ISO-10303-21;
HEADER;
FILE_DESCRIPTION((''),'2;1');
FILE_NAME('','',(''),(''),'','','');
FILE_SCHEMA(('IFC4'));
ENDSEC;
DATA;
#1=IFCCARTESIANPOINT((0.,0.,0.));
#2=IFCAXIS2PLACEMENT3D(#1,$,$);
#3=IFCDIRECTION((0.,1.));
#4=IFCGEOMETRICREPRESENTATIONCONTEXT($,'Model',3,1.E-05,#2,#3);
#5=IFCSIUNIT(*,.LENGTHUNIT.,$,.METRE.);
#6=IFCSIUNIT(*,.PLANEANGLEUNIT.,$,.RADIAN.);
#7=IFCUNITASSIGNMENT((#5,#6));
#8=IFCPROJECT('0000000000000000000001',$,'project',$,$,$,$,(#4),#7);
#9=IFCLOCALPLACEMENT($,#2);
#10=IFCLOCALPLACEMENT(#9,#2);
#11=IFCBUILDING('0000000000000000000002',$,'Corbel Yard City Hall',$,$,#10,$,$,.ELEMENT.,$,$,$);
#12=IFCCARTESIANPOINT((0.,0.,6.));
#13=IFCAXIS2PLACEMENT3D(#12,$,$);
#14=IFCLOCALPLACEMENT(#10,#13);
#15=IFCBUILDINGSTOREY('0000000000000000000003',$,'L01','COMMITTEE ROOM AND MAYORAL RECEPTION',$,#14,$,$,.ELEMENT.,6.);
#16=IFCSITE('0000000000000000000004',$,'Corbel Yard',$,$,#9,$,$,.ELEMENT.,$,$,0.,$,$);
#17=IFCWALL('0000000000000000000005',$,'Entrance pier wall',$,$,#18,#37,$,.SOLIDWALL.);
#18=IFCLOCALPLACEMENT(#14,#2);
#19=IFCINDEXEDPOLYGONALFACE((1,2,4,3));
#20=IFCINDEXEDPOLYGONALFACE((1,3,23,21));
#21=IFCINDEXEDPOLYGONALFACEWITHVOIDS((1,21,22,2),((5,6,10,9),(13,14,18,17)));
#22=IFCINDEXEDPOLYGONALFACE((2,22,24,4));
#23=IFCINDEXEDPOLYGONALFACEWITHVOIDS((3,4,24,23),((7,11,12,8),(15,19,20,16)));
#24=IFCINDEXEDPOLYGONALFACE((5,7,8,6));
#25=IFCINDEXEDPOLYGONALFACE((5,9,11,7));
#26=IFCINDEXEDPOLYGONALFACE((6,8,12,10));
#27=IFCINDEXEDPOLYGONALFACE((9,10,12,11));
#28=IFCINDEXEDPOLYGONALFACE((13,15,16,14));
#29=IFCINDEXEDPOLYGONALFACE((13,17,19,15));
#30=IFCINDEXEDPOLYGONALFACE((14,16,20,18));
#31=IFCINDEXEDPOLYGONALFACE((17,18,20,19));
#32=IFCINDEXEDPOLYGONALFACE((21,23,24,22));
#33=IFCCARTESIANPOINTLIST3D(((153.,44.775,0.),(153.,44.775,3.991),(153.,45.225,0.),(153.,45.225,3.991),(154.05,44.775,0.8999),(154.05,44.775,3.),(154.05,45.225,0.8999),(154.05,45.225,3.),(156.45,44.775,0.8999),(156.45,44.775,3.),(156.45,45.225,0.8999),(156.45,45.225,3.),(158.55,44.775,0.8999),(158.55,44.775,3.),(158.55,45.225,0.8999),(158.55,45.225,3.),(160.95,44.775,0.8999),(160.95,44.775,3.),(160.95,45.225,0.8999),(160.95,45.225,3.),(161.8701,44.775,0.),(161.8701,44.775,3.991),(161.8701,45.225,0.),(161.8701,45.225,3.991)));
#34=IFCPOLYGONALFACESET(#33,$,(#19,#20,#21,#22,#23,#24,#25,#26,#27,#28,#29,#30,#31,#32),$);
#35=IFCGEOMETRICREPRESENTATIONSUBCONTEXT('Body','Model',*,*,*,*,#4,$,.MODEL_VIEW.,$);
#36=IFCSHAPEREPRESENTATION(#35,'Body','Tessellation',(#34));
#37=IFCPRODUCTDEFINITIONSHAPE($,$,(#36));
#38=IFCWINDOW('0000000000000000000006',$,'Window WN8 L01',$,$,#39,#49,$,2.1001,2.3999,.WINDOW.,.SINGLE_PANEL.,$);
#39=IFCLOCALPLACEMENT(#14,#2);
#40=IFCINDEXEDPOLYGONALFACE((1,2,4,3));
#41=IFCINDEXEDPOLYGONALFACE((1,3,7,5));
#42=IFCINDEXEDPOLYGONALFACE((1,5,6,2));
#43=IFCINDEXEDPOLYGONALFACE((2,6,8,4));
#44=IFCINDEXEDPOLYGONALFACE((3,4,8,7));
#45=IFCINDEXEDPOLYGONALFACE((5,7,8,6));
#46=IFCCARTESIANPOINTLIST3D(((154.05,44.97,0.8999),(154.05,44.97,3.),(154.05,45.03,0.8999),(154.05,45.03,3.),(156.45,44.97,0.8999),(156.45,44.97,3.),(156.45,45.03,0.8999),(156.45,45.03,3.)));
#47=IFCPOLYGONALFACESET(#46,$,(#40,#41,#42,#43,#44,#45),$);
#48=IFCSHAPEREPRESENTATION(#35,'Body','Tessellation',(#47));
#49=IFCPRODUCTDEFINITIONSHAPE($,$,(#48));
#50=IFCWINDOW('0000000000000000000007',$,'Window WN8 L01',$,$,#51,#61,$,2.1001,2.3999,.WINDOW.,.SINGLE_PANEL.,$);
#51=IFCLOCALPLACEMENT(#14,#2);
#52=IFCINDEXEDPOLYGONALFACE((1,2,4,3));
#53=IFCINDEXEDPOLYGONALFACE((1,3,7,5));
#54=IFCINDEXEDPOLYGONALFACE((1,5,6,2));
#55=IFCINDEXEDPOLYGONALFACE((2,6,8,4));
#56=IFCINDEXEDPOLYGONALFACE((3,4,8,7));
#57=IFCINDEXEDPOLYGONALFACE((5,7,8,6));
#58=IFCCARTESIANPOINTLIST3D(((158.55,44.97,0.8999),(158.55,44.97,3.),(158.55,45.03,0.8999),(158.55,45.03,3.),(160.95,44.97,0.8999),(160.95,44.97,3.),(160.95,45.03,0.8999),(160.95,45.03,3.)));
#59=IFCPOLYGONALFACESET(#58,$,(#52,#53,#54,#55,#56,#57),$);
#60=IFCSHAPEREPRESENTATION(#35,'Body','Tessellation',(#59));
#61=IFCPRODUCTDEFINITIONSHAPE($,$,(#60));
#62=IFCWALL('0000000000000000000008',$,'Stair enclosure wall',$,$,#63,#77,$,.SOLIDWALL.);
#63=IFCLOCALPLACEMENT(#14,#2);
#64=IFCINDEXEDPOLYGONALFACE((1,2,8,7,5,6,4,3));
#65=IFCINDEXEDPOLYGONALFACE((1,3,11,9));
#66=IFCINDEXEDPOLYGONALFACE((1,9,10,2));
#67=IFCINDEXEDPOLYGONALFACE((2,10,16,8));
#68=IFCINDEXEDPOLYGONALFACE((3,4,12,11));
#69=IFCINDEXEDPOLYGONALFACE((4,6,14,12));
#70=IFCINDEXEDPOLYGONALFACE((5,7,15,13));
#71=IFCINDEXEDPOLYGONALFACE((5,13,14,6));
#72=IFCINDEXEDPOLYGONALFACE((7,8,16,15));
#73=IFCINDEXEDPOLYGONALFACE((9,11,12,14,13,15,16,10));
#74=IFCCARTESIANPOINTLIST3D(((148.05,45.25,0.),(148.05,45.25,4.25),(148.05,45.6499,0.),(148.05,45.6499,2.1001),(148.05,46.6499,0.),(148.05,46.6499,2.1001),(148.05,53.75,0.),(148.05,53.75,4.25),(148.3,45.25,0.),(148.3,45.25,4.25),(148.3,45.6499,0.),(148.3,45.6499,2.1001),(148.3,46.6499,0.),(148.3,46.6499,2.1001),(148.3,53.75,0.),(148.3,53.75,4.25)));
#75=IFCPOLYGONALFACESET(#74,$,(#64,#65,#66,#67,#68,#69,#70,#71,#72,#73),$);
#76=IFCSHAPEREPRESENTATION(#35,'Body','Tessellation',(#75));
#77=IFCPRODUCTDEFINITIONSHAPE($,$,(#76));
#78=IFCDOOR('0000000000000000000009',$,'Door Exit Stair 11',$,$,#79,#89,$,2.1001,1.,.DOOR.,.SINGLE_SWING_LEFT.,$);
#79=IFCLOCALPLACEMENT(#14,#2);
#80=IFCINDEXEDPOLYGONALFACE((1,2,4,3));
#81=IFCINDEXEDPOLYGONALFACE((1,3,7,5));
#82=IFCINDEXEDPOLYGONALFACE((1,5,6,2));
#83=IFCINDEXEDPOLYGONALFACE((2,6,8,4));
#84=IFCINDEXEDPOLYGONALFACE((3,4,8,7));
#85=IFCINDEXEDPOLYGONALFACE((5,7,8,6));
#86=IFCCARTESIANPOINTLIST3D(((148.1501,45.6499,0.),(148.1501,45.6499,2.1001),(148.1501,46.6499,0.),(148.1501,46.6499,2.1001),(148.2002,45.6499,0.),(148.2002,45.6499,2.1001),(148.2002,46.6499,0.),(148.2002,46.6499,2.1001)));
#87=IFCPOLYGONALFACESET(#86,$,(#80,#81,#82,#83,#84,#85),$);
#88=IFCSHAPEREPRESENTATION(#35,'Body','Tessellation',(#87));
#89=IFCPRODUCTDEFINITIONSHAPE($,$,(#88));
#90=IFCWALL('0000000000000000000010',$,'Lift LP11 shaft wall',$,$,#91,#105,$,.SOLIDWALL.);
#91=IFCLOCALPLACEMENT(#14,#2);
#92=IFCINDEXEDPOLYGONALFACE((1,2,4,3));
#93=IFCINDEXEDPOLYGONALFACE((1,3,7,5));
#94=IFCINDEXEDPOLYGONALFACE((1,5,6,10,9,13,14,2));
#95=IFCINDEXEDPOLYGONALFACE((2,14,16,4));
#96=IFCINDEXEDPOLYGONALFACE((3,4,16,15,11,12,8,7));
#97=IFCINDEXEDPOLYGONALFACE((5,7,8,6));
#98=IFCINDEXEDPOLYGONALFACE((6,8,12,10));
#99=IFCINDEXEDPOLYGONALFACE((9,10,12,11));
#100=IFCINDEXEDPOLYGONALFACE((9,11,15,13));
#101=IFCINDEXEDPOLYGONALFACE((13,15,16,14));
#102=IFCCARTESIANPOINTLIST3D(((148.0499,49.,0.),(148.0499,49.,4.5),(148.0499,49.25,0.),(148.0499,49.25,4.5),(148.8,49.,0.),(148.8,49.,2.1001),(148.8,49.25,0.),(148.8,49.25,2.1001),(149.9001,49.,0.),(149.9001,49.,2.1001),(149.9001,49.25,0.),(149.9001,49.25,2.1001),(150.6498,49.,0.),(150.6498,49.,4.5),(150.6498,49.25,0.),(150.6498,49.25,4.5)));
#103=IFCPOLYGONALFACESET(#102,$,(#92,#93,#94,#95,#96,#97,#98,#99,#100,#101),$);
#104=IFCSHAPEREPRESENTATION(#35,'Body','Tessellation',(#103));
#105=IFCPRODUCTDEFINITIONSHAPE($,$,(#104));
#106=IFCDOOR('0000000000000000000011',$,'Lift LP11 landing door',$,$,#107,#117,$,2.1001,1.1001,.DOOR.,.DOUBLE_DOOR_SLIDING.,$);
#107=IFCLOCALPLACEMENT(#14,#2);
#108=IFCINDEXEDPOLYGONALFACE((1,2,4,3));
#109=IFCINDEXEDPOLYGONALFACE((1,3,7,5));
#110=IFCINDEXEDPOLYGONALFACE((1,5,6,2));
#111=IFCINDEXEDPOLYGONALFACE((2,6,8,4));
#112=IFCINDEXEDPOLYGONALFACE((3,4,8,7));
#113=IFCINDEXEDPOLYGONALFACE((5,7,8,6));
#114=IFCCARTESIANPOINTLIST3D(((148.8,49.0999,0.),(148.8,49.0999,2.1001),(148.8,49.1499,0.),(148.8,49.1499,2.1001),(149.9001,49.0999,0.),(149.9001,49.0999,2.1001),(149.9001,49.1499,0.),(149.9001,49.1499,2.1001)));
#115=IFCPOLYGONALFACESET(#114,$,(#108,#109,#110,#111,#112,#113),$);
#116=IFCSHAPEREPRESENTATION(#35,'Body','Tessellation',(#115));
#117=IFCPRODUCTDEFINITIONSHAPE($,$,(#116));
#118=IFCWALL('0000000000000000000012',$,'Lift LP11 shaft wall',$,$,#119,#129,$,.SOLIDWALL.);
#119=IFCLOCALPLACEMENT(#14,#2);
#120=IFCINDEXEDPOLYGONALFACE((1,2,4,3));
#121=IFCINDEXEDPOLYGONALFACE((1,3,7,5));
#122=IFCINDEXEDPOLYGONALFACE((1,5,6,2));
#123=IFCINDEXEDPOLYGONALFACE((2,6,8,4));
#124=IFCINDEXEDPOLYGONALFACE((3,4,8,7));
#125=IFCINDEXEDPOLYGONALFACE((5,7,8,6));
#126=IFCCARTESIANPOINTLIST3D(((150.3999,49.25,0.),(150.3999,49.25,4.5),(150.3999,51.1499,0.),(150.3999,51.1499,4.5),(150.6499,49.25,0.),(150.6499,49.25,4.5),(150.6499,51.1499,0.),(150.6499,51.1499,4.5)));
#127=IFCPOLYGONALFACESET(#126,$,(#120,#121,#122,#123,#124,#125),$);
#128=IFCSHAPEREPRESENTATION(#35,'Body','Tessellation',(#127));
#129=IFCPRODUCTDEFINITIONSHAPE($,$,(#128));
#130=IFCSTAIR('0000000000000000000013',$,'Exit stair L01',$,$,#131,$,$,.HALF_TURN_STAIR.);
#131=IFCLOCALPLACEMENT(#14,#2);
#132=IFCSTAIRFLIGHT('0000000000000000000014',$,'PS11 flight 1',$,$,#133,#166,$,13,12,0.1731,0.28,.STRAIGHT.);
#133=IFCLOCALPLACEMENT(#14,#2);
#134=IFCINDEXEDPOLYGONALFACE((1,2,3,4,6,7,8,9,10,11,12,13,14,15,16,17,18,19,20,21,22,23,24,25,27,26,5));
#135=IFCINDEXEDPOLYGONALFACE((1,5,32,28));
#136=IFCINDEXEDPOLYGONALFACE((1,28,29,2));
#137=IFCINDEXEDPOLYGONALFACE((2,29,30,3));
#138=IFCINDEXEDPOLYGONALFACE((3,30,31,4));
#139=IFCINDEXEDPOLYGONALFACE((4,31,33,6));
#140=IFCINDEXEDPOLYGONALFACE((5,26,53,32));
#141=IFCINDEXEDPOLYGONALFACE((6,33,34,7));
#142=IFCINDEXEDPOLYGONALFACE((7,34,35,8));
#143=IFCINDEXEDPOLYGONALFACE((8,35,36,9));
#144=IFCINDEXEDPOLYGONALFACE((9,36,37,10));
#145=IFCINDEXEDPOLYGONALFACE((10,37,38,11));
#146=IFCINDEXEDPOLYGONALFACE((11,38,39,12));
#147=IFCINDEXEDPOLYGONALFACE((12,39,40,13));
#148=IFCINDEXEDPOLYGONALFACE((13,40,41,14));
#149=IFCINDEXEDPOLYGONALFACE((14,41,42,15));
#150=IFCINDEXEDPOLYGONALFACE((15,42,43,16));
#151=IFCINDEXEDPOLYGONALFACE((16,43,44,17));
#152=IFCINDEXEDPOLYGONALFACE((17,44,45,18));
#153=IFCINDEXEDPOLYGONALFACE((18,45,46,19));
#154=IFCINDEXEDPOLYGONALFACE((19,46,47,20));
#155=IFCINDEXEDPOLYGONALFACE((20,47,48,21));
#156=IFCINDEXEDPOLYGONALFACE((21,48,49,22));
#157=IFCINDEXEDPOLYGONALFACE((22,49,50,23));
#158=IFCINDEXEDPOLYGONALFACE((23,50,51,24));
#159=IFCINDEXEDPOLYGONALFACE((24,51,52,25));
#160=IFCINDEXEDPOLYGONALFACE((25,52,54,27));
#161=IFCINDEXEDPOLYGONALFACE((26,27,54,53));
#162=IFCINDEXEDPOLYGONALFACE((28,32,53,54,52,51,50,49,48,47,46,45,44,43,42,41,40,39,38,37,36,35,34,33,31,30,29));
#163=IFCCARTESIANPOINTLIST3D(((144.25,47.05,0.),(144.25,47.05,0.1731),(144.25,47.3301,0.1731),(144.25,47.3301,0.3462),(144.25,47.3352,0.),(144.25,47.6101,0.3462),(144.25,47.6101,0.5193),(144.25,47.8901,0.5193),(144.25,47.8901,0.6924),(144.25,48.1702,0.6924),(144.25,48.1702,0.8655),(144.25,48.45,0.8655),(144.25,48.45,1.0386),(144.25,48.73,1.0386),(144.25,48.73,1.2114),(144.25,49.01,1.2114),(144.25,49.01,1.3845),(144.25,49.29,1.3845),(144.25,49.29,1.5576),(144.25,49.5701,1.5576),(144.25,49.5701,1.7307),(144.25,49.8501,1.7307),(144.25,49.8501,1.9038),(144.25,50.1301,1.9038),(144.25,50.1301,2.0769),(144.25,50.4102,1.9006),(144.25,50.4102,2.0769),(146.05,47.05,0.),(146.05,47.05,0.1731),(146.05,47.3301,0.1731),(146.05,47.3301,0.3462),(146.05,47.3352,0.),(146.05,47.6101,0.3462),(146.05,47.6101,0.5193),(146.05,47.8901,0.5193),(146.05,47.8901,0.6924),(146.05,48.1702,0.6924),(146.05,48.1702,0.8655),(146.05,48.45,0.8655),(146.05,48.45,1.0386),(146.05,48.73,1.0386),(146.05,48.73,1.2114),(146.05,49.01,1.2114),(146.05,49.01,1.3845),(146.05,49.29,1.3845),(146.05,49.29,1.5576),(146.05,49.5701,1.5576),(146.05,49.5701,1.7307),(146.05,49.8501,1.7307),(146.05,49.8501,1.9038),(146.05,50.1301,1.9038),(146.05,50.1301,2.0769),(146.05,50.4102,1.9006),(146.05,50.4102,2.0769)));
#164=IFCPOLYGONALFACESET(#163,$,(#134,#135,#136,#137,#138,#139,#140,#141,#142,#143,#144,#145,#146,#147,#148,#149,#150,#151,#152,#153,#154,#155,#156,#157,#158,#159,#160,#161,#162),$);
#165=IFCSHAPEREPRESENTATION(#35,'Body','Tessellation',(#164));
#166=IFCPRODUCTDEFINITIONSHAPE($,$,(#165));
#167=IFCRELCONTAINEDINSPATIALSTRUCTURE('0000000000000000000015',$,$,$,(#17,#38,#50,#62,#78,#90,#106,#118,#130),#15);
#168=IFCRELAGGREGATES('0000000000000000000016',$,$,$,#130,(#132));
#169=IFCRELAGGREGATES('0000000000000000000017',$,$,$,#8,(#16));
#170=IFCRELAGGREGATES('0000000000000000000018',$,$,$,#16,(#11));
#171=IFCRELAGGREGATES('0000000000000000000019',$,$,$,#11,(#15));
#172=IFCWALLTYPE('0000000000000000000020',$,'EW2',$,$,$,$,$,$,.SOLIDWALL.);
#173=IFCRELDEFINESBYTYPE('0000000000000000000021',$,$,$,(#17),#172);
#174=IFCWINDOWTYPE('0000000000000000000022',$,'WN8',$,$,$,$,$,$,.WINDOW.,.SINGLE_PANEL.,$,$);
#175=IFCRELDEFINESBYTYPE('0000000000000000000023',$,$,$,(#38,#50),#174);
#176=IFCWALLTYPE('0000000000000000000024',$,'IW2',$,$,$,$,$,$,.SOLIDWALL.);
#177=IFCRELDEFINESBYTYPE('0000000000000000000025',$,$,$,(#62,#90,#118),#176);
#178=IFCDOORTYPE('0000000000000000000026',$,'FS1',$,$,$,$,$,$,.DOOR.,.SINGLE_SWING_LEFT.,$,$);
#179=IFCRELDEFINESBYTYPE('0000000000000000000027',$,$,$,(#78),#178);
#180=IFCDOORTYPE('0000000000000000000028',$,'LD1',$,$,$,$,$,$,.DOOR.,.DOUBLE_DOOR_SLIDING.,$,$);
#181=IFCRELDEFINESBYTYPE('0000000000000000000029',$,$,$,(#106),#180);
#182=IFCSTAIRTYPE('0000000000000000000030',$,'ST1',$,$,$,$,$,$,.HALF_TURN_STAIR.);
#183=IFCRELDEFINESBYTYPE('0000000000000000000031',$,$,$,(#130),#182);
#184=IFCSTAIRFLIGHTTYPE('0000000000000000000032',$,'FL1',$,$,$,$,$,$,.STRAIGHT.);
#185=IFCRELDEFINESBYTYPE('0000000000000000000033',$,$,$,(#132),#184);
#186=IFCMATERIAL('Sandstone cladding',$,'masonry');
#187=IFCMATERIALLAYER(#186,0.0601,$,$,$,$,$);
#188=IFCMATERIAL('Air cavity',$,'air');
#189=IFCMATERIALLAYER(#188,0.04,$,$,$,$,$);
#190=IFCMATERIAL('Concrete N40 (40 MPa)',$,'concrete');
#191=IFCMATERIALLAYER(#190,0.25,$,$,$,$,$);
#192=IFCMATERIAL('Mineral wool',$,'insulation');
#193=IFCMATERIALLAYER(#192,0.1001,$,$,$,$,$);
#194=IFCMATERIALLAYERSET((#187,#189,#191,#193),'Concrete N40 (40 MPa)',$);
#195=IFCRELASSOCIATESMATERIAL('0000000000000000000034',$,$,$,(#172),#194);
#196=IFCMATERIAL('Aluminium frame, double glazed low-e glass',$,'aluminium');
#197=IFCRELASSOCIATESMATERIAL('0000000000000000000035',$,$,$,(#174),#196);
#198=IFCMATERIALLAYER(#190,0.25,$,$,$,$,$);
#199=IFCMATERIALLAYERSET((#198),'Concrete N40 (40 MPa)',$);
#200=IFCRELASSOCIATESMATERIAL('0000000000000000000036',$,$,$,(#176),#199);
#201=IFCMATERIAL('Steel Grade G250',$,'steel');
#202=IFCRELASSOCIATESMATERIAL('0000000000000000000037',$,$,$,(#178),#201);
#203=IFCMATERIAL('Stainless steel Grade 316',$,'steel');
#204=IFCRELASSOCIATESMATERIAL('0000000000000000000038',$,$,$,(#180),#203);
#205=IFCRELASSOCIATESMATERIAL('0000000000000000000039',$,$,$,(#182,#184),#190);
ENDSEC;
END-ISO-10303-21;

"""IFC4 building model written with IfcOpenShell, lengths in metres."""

from ifc_helpers import new_model, si_unit, direction, frame, frame_2d, origin, place, context, subcontext, project, spatial, polyline, rectangle, outline, extrude, material, layer, layer_set, type_object, element, fill, aggregate, save


model = new_model("IFC4")

# Units and contexts
model_context = context("Model", 3, precision=1e-05, world=origin(), true_north=direction((0.0, 1.0)))
body_context = subcontext(model_context, "Body", "Model", "MODEL_VIEW")
ifc_project = project(units=[si_unit("LENGTHUNIT", "METRE"), si_unit("PLANEANGLEUNIT", "RADIAN")], contexts=[model_context])

# Site, building, storey
site_placement = place(None, origin())
site = spatial("IfcSite", under=ifc_project, at=site_placement, Name="Corbel Yard", CompositionType="ELEMENT", RefElevation=0.0)
building_placement = place(site_placement, origin())
building = spatial("IfcBuilding", under=site, at=building_placement, Name="Corbel Yard City Hall", CompositionType="ELEMENT")
storey_placement = place(building_placement, frame((0.0, 0.0, 6.0)))
storey = spatial("IfcBuildingStorey", under=building, at=storey_placement, Name="L01", Description="COMMITTEE ROOM AND MAYORAL RECEPTION", CompositionType="ELEMENT", Elevation=6.0)

# Shared definitions
ifc_material_1 = material(Name="Concrete N40 (40 MPa)", Category="concrete")

# Wall, openings, windows
ifc_material_2 = material(Name="Sandstone cladding", Category="masonry")
ifc_layer_1 = layer(ifc_material_2, 0.0601)
ifc_material_3 = material(Name="Air cavity", Category="air")
ifc_layer_2 = layer(ifc_material_3, 0.04)
ifc_layer_3 = layer(ifc_material_1, 0.25)
ifc_material_4 = material(Name="Mineral wool", Category="insulation")
ifc_layer_4 = layer(ifc_material_4, 0.1001)
ifc_layer_set_1 = layer_set([ifc_layer_1, ifc_layer_2, ifc_layer_3, ifc_layer_4], Name="Concrete N40 (40 MPa)")
wall_type_1 = type_object("IfcWallType", Name="EW2", PredefinedType="SOLIDWALL", material=ifc_layer_set_1)
wall_1_placement = place(storey_placement, frame((153.0, 45.0, 0.0), z_axis=(0.0, 0.0, 1.0), x_axis=(1.0, 0.0, 0.0)))
wall_1 = element("IfcWall", 1, at=wall_1_placement, inside=storey, type_object=wall_type_1, Name="Entrance pier wall", PredefinedType="SOLIDWALL", context=body_context, shape_type="SweptSolid", body=[
    extrude(rectangle(XDim=8.8701, YDim=0.45, at=frame_2d((4.4351, 0.0))), origin(), (0.0, 0.0, 1.0), 3.991),
])
opening_1_placement = place(wall_1_placement, frame((1.05, 0.0, 0.8999)))
opening_1 = element("IfcOpeningElement", 2, at=opening_1_placement, cuts=wall_1, PredefinedType="OPENING", context=body_context, shape_type="SweptSolid", body=[
    extrude(rectangle(XDim=2.3999, YDim=2.1001, at=frame_2d((1.2, 1.05))), frame((0.0, 0.2349, 0.0), z_axis=(0.0, -1.0, 0.0), x_axis=(1.0, 0.0, 0.0)), (0.0, 0.0, 1.0), 0.47),
])
opening_2_placement = place(wall_1_placement, frame((5.55, 0.0, 0.8999)))
opening_2 = element("IfcOpeningElement", 3, at=opening_2_placement, cuts=wall_1, PredefinedType="OPENING", context=body_context, shape_type="SweptSolid", body=[
    extrude(rectangle(XDim=2.3999, YDim=2.1001, at=frame_2d((1.2, 1.05))), frame((0.0, 0.2349, 0.0), z_axis=(0.0, -1.0, 0.0), x_axis=(1.0, 0.0, 0.0)), (0.0, 0.0, 1.0), 0.47),
])
ifc_material_5 = material(Name="Aluminium frame, double glazed low-e glass", Category="aluminium")
window_type = type_object("IfcWindowType", Name="WN8", PartitioningType="SINGLE_PANEL", PredefinedType="WINDOW", material=ifc_material_5)
window_1_placement = place(opening_1_placement, origin())
window_1 = element("IfcWindow", 4, at=window_1_placement, inside=storey, type_object=window_type, Name="Window WN8 L01", OverallHeight=2.1001, OverallWidth=2.3999, PartitioningType="SINGLE_PANEL", PredefinedType="WINDOW", context=body_context, shape_type="SweptSolid", body=[
    extrude(rectangle(XDim=2.3999, YDim=2.1001, at=frame_2d((1.2, 1.05))), frame((0.0, 0.03, 0.0), z_axis=(0.0, -1.0, 0.0), x_axis=(1.0, 0.0, 0.0)), (0.0, 0.0, 1.0), 0.0601),
])
fill(opening_1, window_1)
window_2_placement = place(opening_2_placement, origin())
window_2 = element("IfcWindow", 5, at=window_2_placement, inside=storey, type_object=window_type, Name="Window WN8 L01", OverallHeight=2.1001, OverallWidth=2.3999, PartitioningType="SINGLE_PANEL", PredefinedType="WINDOW", context=body_context, shape_type="SweptSolid", body=[
    extrude(rectangle(XDim=2.3999, YDim=2.1001, at=frame_2d((1.2, 1.05))), frame((0.0, 0.03, 0.0), z_axis=(0.0, -1.0, 0.0), x_axis=(1.0, 0.0, 0.0)), (0.0, 0.0, 1.0), 0.0601),
])
fill(opening_2, window_2)

# Walls, openings, doors
ifc_layer_5 = layer(ifc_material_1, 0.25)
ifc_layer_set_2 = layer_set([ifc_layer_5], Name="Concrete N40 (40 MPa)")
wall_type_2 = type_object("IfcWallType", Name="IW2", PredefinedType="SOLIDWALL", material=ifc_layer_set_2)
wall_2_placement = place(storey_placement, frame((148.175, 45.25, 0.0), z_axis=(0.0, 0.0, 1.0), x_axis=(0.0, 1.0, 0.0)))
wall_2 = element("IfcWall", 6, at=wall_2_placement, inside=storey, type_object=wall_type_2, Name="Stair enclosure wall", PredefinedType="SOLIDWALL", context=body_context, shape_type="SweptSolid", body=[
    extrude(rectangle(XDim=8.5, YDim=0.25, at=frame_2d((4.25, 0.0))), origin(), (0.0, 0.0, 1.0), 4.25),
])
opening_3_placement = place(wall_2_placement, frame((0.3999, 0.0, 0.0)))
opening_3 = element("IfcOpeningElement", 7, at=opening_3_placement, cuts=wall_2, PredefinedType="OPENING", context=body_context, shape_type="SweptSolid", body=[
    extrude(rectangle(XDim=1.0, YDim=2.1001, at=frame_2d((0.5, 1.05))), frame((0.0, 0.135, 0.0), z_axis=(0.0, -1.0, 0.0), x_axis=(1.0, 0.0, 0.0)), (0.0, 0.0, 1.0), 0.27),
])
ifc_material_6 = material(Name="Steel Grade G250", Category="steel")
door_type_1 = type_object("IfcDoorType", Name="FS1", OperationType="SINGLE_SWING_LEFT", PredefinedType="DOOR", material=ifc_material_6)
door_1_placement = place(opening_3_placement, origin())
door_1 = element("IfcDoor", 8, at=door_1_placement, inside=storey, type_object=door_type_1, Name="Door Exit Stair 11", OperationType="SINGLE_SWING_LEFT", OverallHeight=2.1001, OverallWidth=1.0, PredefinedType="DOOR", context=body_context, shape_type="SweptSolid", body=[
    extrude(rectangle(XDim=1.0, YDim=2.1001, at=frame_2d((0.5, 1.05))), frame((0.0, 0.0249, 0.0), z_axis=(0.0, -1.0, 0.0), x_axis=(1.0, 0.0, 0.0)), (0.0, 0.0, 1.0), 0.05),
])
fill(opening_3, door_1)
wall_3_placement = place(storey_placement, frame((148.05, 49.125, 0.0), z_axis=(0.0, 0.0, 1.0), x_axis=(1.0, 0.0, 0.0)))
wall_3 = element("IfcWall", 9, at=wall_3_placement, inside=storey, type_object=wall_type_2, Name="Lift LP11 shaft wall", PredefinedType="SOLIDWALL", context=body_context, shape_type="SweptSolid", body=[
    extrude(rectangle(XDim=2.5999, YDim=0.25, at=frame_2d((1.2998, 0.0))), origin(), (0.0, 0.0, 1.0), 4.5),
])
opening_4_placement = place(wall_3_placement, frame((0.75, 0.0, 0.0)))
opening_4 = element("IfcOpeningElement", 10, at=opening_4_placement, cuts=wall_3, PredefinedType="OPENING", context=body_context, shape_type="SweptSolid", body=[
    extrude(rectangle(XDim=1.1001, YDim=2.1001, at=frame_2d((0.55, 1.05))), frame((0.0, 0.135, 0.0), z_axis=(0.0, -1.0, 0.0), x_axis=(1.0, 0.0, 0.0)), (0.0, 0.0, 1.0), 0.27),
])
ifc_material_7 = material(Name="Stainless steel Grade 316", Category="steel")
door_type_2 = type_object("IfcDoorType", Name="LD1", OperationType="DOUBLE_DOOR_SLIDING", PredefinedType="DOOR", material=ifc_material_7)
door_2_placement = place(opening_4_placement, origin())
door_2 = element("IfcDoor", 11, at=door_2_placement, inside=storey, type_object=door_type_2, Name="Lift LP11 landing door", OperationType="DOUBLE_DOOR_SLIDING", OverallHeight=2.1001, OverallWidth=1.1001, PredefinedType="DOOR", context=body_context, shape_type="SweptSolid", body=[
    extrude(rectangle(XDim=1.1001, YDim=2.1001, at=frame_2d((0.55, 1.05))), frame((0.0, 0.0249, 0.0), z_axis=(0.0, -1.0, 0.0), x_axis=(1.0, 0.0, 0.0)), (0.0, 0.0, 1.0), 0.05),
])
fill(opening_4, door_2)

# Wall
wall_4_placement = place(storey_placement, frame((150.5249, 49.25, 0.0), z_axis=(0.0, 0.0, 1.0), x_axis=(0.0, 1.0, 0.0)))
element("IfcWall", 12, at=wall_4_placement, inside=storey, type_object=wall_type_2, Name="Lift LP11 shaft wall", PredefinedType="SOLIDWALL", context=body_context, shape_type="SweptSolid", body=[
    extrude(rectangle(XDim=1.8999, YDim=0.25, at=frame_2d((0.95, 0.0))), origin(), (0.0, 0.0, 1.0), 4.5),
])

# Stair, stair flight
stair_type = type_object("IfcStairType", Name="ST1", PredefinedType="HALF_TURN_STAIR", material=ifc_material_1)
stair_placement = place(storey_placement, origin())
stair = element("IfcStair", 13, at=stair_placement, inside=storey, type_object=stair_type, Name="Exit stair L01", PredefinedType="HALF_TURN_STAIR")
stair_flight_type = type_object("IfcStairFlightType", Name="FL1", PredefinedType="STRAIGHT", material=ifc_material_1)
stair_flight_placement = place(storey_placement, frame((145.1499, 47.05, 0.0), z_axis=(0.0, 0.0, 1.0), x_axis=(0.0, 1.0, 0.0)))
stair_flight = element("IfcStairFlight", 14, at=stair_flight_placement, type_object=stair_flight_type, Name="PS11 flight 1", NumberOfRisers=13, NumberOfTreads=12, PredefinedType="STRAIGHT", RiserHeight=0.1731, TreadLength=0.28, context=body_context, shape_type="SweptSolid", body=[
    extrude(outline(polyline([(0.0, 0.0), (0.0, 0.1731), (0.28, 0.1731), (0.28, 0.3462), (0.5601, 0.3462), (0.5601, 0.5193), (0.8401, 0.5193), (0.8401, 0.6924), (1.1201, 0.6924), (1.1201, 0.8655), (1.3999, 0.8655), (1.3999, 1.0386), (1.6799, 1.0386), (1.6799, 1.2114), (1.96, 1.2114), (1.96, 1.3845), (2.24, 1.3845), (2.24, 1.5576), (2.52, 1.5576), (2.52, 1.7307), (2.8, 1.7307), (2.8, 1.9038), (3.0801, 1.9038), (3.0801, 2.0769), (3.3601, 2.0769), (3.3601, 2.25), (3.3601, 1.9006), (0.2852, 0.0), (0.0, 0.0)])), frame((0.0, 0.8999, 0.0), z_axis=(0.0, -1.0, 0.0), x_axis=(1.0, 0.0, 0.0)), (0.0, 0.0, 1.0), 1.8),
])
aggregate(stair, [stair_flight])

save(model, "model.ifc")
